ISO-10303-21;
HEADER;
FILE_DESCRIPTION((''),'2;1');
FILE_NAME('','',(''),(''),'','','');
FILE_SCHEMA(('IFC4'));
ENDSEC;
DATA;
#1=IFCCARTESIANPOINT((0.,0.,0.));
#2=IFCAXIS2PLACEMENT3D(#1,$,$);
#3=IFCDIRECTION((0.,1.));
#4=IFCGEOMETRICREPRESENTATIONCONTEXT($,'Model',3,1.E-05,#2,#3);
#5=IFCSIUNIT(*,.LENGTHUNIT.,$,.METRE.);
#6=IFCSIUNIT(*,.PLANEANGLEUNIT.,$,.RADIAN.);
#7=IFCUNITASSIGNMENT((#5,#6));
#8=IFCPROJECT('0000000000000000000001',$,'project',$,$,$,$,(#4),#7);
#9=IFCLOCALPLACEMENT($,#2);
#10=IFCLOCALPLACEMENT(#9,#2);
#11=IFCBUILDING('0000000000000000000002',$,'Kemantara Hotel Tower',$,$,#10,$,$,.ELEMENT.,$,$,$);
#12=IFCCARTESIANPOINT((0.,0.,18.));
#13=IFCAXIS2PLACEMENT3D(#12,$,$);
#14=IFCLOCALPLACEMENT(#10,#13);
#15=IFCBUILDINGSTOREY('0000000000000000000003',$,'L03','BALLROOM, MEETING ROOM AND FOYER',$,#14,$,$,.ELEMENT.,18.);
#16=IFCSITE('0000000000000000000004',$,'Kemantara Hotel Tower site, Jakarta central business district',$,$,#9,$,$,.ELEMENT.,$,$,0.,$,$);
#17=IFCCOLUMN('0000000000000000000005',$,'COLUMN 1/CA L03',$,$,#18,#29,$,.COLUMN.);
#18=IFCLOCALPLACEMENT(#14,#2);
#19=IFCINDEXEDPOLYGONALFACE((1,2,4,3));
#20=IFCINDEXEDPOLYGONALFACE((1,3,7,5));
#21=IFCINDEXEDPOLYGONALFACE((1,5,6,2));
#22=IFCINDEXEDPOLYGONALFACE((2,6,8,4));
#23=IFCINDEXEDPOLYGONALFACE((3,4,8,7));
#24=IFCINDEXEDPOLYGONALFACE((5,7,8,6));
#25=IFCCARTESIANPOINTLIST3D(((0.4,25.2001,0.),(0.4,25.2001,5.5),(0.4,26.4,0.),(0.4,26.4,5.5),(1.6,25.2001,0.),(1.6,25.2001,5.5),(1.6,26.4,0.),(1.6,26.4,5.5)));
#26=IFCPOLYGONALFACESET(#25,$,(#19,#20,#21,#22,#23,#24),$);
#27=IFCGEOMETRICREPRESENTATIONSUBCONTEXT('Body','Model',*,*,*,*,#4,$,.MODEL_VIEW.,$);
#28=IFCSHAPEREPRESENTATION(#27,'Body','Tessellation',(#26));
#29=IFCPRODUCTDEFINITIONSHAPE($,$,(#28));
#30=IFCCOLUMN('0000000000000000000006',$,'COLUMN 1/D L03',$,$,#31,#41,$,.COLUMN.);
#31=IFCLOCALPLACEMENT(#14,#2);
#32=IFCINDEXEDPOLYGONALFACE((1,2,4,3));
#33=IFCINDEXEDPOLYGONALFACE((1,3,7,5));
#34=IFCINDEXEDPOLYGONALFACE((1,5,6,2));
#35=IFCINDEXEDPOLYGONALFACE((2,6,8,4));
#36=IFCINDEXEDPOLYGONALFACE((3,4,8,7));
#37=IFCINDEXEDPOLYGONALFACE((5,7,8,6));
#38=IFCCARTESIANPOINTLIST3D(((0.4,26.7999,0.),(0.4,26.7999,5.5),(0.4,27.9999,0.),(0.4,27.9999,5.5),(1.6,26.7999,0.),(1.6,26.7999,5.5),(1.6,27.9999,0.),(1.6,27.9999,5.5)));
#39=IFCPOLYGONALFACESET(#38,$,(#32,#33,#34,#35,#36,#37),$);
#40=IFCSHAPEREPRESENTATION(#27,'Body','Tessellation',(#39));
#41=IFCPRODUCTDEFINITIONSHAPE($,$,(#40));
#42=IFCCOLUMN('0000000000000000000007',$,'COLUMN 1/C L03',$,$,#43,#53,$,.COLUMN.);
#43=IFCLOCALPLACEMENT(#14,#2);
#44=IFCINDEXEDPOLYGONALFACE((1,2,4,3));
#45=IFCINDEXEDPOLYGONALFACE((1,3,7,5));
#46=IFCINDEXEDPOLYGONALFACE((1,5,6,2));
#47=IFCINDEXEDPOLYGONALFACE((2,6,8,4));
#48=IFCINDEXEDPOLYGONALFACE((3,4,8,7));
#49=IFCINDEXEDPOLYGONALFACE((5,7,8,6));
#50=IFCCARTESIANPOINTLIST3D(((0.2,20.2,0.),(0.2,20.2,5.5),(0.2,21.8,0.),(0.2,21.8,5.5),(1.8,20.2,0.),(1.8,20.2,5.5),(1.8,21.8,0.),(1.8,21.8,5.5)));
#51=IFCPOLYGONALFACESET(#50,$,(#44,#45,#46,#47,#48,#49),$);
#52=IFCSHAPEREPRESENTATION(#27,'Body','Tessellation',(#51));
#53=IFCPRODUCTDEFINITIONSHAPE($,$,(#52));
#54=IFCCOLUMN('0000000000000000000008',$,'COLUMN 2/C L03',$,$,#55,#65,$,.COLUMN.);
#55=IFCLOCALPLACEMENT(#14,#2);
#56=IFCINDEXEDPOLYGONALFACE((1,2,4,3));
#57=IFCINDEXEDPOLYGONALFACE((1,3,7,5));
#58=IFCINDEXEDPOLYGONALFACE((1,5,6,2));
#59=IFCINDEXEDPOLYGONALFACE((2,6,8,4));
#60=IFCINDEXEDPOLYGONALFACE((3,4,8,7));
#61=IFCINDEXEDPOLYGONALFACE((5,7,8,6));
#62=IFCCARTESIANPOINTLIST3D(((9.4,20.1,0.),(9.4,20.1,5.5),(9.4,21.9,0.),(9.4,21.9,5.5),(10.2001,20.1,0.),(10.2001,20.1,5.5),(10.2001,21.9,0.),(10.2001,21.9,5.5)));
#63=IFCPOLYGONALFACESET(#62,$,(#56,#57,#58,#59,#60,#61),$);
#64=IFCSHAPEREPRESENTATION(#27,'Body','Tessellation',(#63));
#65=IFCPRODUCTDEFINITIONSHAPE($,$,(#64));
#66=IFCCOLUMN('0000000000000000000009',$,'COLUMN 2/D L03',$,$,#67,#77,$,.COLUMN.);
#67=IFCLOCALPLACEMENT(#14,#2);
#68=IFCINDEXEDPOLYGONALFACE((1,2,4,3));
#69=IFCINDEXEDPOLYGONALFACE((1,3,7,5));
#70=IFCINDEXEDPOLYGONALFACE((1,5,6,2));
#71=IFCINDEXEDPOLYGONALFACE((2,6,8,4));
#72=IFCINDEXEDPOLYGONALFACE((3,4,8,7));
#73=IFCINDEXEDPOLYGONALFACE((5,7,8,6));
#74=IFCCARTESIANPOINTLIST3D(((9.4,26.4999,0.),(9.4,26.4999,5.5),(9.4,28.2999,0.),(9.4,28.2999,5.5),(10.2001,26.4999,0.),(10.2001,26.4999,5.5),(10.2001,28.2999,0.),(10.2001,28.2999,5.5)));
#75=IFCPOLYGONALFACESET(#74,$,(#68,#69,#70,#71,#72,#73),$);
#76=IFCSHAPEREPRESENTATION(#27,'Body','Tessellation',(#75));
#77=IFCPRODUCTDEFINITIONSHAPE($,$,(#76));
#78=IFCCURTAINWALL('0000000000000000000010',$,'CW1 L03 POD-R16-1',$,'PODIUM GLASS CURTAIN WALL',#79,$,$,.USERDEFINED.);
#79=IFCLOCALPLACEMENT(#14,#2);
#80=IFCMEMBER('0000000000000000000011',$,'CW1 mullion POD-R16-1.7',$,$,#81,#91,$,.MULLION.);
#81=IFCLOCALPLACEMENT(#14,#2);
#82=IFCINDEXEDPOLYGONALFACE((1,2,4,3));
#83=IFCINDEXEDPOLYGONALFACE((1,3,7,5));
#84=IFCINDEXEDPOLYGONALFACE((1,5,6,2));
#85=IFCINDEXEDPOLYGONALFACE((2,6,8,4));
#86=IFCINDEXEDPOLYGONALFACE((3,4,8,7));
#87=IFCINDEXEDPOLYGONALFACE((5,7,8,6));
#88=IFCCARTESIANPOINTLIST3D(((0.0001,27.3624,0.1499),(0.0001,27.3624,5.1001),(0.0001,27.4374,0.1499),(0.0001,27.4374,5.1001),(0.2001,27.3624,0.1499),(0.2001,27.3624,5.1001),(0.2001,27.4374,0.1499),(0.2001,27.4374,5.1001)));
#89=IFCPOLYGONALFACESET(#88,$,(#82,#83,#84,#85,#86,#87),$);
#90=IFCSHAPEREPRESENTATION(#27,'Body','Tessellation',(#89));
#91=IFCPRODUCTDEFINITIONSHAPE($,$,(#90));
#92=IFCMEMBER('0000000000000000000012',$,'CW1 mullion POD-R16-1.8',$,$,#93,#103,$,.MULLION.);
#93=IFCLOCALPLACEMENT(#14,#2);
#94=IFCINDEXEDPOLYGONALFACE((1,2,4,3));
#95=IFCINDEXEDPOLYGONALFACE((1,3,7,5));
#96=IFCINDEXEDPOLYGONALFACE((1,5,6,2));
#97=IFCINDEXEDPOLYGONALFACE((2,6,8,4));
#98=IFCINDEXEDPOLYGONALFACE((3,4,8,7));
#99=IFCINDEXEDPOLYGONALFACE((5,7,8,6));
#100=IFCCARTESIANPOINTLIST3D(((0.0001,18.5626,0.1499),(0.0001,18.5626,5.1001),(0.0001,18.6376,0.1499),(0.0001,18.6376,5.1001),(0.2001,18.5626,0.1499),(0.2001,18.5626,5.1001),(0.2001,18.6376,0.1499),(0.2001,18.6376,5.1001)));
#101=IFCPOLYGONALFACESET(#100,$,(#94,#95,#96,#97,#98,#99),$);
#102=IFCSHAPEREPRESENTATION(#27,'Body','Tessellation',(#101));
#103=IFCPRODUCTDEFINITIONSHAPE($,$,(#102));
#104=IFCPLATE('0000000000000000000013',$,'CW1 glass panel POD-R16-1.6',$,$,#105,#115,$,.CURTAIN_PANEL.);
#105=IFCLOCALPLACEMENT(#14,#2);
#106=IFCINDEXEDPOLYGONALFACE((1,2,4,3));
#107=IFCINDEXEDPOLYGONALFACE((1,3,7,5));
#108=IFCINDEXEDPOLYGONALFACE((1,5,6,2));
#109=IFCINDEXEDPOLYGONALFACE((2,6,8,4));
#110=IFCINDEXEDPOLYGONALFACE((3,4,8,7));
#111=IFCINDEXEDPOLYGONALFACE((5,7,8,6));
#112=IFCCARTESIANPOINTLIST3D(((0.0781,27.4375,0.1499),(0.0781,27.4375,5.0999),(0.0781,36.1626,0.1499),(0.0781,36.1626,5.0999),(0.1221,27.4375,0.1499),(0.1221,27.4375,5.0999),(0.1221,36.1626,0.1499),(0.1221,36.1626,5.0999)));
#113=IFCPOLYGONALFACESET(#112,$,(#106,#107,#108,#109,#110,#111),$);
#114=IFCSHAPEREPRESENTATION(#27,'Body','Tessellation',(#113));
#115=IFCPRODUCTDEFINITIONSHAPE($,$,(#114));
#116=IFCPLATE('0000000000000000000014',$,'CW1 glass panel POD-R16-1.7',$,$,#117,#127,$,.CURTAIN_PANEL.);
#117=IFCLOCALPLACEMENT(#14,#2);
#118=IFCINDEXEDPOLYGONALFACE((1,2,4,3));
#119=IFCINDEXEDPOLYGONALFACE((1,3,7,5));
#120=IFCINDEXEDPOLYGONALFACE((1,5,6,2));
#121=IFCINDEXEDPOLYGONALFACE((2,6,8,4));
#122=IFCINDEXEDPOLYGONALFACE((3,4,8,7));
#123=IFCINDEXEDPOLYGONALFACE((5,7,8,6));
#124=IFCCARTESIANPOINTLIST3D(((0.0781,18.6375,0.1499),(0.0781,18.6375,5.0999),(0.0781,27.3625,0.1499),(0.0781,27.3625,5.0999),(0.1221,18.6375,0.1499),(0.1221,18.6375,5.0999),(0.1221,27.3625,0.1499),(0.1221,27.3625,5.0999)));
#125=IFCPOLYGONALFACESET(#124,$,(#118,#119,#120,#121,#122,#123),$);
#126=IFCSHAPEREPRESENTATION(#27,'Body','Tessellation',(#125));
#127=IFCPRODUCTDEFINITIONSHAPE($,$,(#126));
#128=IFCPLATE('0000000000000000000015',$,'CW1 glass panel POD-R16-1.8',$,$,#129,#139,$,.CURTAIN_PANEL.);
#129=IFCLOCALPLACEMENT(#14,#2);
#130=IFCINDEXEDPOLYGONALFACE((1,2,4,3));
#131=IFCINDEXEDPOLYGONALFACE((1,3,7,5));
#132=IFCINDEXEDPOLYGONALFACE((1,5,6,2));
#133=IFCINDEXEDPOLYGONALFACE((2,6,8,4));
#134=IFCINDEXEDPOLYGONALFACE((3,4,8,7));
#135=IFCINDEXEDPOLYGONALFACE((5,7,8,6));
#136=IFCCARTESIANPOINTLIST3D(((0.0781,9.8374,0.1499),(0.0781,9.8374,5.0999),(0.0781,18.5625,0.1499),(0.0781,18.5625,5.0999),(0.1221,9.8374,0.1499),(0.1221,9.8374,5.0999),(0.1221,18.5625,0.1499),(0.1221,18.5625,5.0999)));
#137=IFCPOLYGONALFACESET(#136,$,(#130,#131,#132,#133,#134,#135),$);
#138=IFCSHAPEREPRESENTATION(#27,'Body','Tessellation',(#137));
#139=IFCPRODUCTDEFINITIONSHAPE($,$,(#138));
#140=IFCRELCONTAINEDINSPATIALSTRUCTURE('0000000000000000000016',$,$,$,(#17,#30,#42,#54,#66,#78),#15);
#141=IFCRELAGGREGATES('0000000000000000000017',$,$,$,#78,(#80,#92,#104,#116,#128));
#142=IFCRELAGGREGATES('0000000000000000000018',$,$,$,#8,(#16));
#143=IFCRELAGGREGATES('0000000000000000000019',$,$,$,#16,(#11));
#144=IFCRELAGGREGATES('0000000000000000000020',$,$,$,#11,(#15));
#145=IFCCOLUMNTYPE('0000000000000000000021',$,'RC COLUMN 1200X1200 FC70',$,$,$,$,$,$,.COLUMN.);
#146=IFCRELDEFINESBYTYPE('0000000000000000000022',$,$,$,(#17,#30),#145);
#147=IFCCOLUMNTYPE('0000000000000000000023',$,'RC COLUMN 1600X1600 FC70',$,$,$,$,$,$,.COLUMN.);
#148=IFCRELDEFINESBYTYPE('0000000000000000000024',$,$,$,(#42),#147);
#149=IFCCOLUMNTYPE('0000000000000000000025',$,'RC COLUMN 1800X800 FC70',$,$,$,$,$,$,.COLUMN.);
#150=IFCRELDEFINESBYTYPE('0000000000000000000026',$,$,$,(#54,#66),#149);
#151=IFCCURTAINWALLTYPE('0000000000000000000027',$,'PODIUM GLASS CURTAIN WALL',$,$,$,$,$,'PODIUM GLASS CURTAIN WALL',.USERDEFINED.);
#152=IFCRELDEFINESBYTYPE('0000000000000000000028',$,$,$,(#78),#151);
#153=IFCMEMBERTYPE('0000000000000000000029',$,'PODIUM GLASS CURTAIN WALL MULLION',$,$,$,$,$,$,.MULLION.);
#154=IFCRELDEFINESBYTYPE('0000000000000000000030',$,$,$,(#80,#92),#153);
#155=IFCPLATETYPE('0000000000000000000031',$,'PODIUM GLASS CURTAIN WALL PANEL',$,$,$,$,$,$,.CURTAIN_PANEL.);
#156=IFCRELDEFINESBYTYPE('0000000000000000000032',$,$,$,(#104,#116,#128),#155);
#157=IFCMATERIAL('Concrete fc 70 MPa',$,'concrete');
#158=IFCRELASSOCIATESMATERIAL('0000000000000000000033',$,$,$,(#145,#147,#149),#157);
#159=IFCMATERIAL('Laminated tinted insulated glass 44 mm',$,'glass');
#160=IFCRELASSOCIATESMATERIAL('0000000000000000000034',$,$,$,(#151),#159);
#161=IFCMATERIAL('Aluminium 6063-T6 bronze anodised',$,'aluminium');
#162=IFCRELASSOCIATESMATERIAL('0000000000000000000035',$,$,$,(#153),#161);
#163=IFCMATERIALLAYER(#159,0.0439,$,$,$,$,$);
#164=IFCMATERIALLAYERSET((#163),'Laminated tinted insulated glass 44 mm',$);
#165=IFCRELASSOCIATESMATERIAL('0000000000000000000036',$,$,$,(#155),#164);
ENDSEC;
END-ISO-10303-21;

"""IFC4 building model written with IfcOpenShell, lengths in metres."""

from ifc_helpers import new_model, si_unit, direction, frame, origin, origin_2d, place, context, subcontext, project, spatial, rectangle, extrude, source, transform, mapped, material, layer, layer_set, material_profile, profile_set, type_object, element, aggregate, save


model = new_model("IFC4")

# Units and contexts
model_context = context("Model", 3, precision=1e-05, world=origin(), true_north=direction((0.0, 1.0)))
body_context = subcontext(model_context, "Body", "Model", "MODEL_VIEW")
ifc_project = project(units=[si_unit("LENGTHUNIT", "METRE"), si_unit("PLANEANGLEUNIT", "RADIAN")], contexts=[model_context])

# Site, building, storey
site_placement = place(None, origin())
site = spatial("IfcSite", under=ifc_project, at=site_placement, Name="Kemantara Hotel Tower site, Jakarta central business district", CompositionType="ELEMENT", RefElevation=0.0)
building_placement = place(site_placement, origin())
building = spatial("IfcBuilding", under=site, at=building_placement, Name="Kemantara Hotel Tower", CompositionType="ELEMENT")
storey_placement = place(building_placement, frame((0.0, 0.0, 18.0)))
storey = spatial("IfcBuildingStorey", under=building, at=storey_placement, Name="L03", Description="BALLROOM, MEETING ROOM AND FOYER", CompositionType="ELEMENT", Elevation=18.0)

# Columns
ifc_material_1 = material(Name="Concrete fc 70 MPa", Category="concrete")
ifc_material_profile_1 = material_profile(ifc_material_1, rectangle(XDim=1.2, YDim=1.2, at=origin_2d()), Name="RC 1200X1200")
ifc_profile_set_1 = profile_set([ifc_material_profile_1], Name="Concrete fc 70 MPa")
column_type_1 = type_object("IfcColumnType", Name="RC COLUMN 1200X1200 FC70", PredefinedType="COLUMN", material=ifc_profile_set_1)
for number, where, z_axis, x_axis, name in (
    (1, (1.0, 25.8, 0.0), (0.0, 0.0, 1.0), (1.0, 0.0, 0.0), "COLUMN 1/CA L03"),
    (2, (1.0, 27.3999, 0.0), (0.0, 0.0, 1.0), (1.0, 0.0, 0.0), "COLUMN 1/D L03"),
):
    element("IfcColumn", number, at=place(storey_placement, frame(where, z_axis=z_axis, x_axis=x_axis)), inside=storey, type_object=column_type_1, Name=name, PredefinedType="COLUMN", context=body_context, shape_type="SweptSolid", body=[
        extrude(rectangle(XDim=1.2, YDim=1.2, at=origin_2d()), origin(), (0.0, 0.0, 1.0), 5.5),
    ])
ifc_material_profile_2 = material_profile(ifc_material_1, rectangle(XDim=1.6001, YDim=1.6001, at=origin_2d()), Name="RC 1600X1600")
ifc_profile_set_2 = profile_set([ifc_material_profile_2], Name="Concrete fc 70 MPa")
column_type_2 = type_object("IfcColumnType", Name="RC COLUMN 1600X1600 FC70", PredefinedType="COLUMN", material=ifc_profile_set_2)
column_placement = place(storey_placement, frame((1.0, 21.0, 0.0), z_axis=(0.0, 0.0, 1.0), x_axis=(1.0, 0.0, 0.0)))
element("IfcColumn", 3, at=column_placement, inside=storey, type_object=column_type_2, Name="COLUMN 1/C L03", PredefinedType="COLUMN", context=body_context, shape_type="SweptSolid", body=[
    extrude(rectangle(XDim=1.6001, YDim=1.6001, at=origin_2d()), origin(), (0.0, 0.0, 1.0), 5.5),
])
ifc_material_profile_3 = material_profile(ifc_material_1, rectangle(XDim=1.8, YDim=0.8, at=origin_2d()), Name="RC 1800X800")
ifc_profile_set_3 = profile_set([ifc_material_profile_3], Name="Concrete fc 70 MPa")
column_type_3 = type_object("IfcColumnType", Name="RC COLUMN 1800X800 FC70", PredefinedType="COLUMN", material=ifc_profile_set_3)
for number, where, z_axis, x_axis, name in (
    (4, (9.8, 21.0, 0.0), (0.0, 0.0, 1.0), (0.0, 1.0, 0.0), "COLUMN 2/C L03"),
    (5, (9.8, 27.3999, 0.0), (0.0, 0.0, 1.0), (0.0, 1.0, 0.0), "COLUMN 2/D L03"),
):
    element("IfcColumn", number, at=place(storey_placement, frame(where, z_axis=z_axis, x_axis=x_axis)), inside=storey, type_object=column_type_3, Name=name, PredefinedType="COLUMN", context=body_context, shape_type="SweptSolid", body=[
        extrude(rectangle(XDim=1.8, YDim=0.8, at=origin_2d()), origin(), (0.0, 0.0, 1.0), 5.5),
    ])

# Curtain wall, members, plates
ifc_material_2 = material(Name="Laminated tinted insulated glass 44 mm", Category="glass")
curtain_wall_type = type_object("IfcCurtainWallType", Name="PODIUM GLASS CURTAIN WALL", ElementType="PODIUM GLASS CURTAIN WALL", PredefinedType="USERDEFINED", material=ifc_material_2)
curtain_wall_placement = place(storey_placement, origin())
curtain_wall = element("IfcCurtainWall", 6, at=curtain_wall_placement, inside=storey, type_object=curtain_wall_type, Name="CW1 L03 POD-R16-1", ObjectType="PODIUM GLASS CURTAIN WALL", PredefinedType="USERDEFINED")
ifc_material_3 = material(Name="Aluminium 6063-T6 bronze anodised", Category="aluminium")
ifc_material_profile_4 = material_profile(ifc_material_3, rectangle(XDim=0.2, YDim=0.075, at=origin_2d()), Name="PODIUM GLASS CURTAIN WALL MULLION")
ifc_profile_set_4 = profile_set([ifc_material_profile_4], Name="Aluminium 6063-T6 bronze anodised")
member_type = type_object("IfcMemberType", Name="PODIUM GLASS CURTAIN WALL MULLION", PredefinedType="MULLION", material=ifc_profile_set_4)
shared_shape_1 = source(origin(), body_context, "Body", "SweptSolid", [
    extrude(rectangle(XDim=0.2, YDim=0.075, at=origin_2d()), origin(), (0.0, 0.0, 1.0), 4.9502),
])
member_1_placement = place(storey_placement, frame((0.1001, 27.3999, 0.1499), z_axis=(0.0, 0.0, 1.0), x_axis=(1.0, 0.0, 0.0)))
member_1 = element("IfcMember", 7, at=member_1_placement, type_object=member_type, Name="CW1 mullion POD-R16-1.7", PredefinedType="MULLION", context=body_context, shape_type="MappedRepresentation", body=[
    mapped(shared_shape_1, transform((0.0, 0.0, 0.0))),
])
member_2_placement = place(storey_placement, frame((0.1001, 18.6001, 0.1499), z_axis=(0.0, 0.0, 1.0), x_axis=(1.0, 0.0, 0.0)))
member_2 = element("IfcMember", 8, at=member_2_placement, type_object=member_type, Name="CW1 mullion POD-R16-1.8", PredefinedType="MULLION", context=body_context, shape_type="MappedRepresentation", body=[
    mapped(shared_shape_1, transform((0.0, 0.0, 0.0))),
])
ifc_layer_1 = layer(ifc_material_2, 0.0439)
ifc_layer_set_1 = layer_set([ifc_layer_1], Name="Laminated tinted insulated glass 44 mm")
plate_type = type_object("IfcPlateType", Name="PODIUM GLASS CURTAIN WALL PANEL", PredefinedType="CURTAIN_PANEL", material=ifc_layer_set_1)
shared_shape_2 = source(origin(), body_context, "Body", "SweptSolid", [
    extrude(rectangle(XDim=8.7251, YDim=0.0439, at=origin_2d()), origin(), (0.0, 0.0, 1.0), 4.95),
])
plate_1_placement = place(storey_placement, frame((0.1001, 31.8, 0.1499), z_axis=(0.0, 0.0, 1.0), x_axis=(0.0, -1.0, 0.0)))
plate_1 = element("IfcPlate", 9, at=plate_1_placement, type_object=plate_type, Name="CW1 glass panel POD-R16-1.6", PredefinedType="CURTAIN_PANEL", context=body_context, shape_type="MappedRepresentation", body=[
    mapped(shared_shape_2, transform((0.0, 0.0, 0.0))),
])
plate_2_placement = place(storey_placement, frame((0.1001, 23.0, 0.1499), z_axis=(0.0, 0.0, 1.0), x_axis=(0.0, -1.0, 0.0)))
plate_2 = element("IfcPlate", 10, at=plate_2_placement, type_object=plate_type, Name="CW1 glass panel POD-R16-1.7", PredefinedType="CURTAIN_PANEL", context=body_context, shape_type="MappedRepresentation", body=[
    mapped(shared_shape_2, transform((0.0, 0.0, 0.0))),
])
plate_3_placement = place(storey_placement, frame((0.1001, 14.2, 0.1499), z_axis=(0.0, 0.0, 1.0), x_axis=(0.0, -1.0, 0.0)))
plate_3 = element("IfcPlate", 11, at=plate_3_placement, type_object=plate_type, Name="CW1 glass panel POD-R16-1.8", PredefinedType="CURTAIN_PANEL", context=body_context, shape_type="MappedRepresentation", body=[
    mapped(shared_shape_2, transform((0.0, 0.0, 0.0))),
])
aggregate(curtain_wall, [member_1, member_2, plate_1, plate_2, plate_3])

save(model, "model.ifc")
